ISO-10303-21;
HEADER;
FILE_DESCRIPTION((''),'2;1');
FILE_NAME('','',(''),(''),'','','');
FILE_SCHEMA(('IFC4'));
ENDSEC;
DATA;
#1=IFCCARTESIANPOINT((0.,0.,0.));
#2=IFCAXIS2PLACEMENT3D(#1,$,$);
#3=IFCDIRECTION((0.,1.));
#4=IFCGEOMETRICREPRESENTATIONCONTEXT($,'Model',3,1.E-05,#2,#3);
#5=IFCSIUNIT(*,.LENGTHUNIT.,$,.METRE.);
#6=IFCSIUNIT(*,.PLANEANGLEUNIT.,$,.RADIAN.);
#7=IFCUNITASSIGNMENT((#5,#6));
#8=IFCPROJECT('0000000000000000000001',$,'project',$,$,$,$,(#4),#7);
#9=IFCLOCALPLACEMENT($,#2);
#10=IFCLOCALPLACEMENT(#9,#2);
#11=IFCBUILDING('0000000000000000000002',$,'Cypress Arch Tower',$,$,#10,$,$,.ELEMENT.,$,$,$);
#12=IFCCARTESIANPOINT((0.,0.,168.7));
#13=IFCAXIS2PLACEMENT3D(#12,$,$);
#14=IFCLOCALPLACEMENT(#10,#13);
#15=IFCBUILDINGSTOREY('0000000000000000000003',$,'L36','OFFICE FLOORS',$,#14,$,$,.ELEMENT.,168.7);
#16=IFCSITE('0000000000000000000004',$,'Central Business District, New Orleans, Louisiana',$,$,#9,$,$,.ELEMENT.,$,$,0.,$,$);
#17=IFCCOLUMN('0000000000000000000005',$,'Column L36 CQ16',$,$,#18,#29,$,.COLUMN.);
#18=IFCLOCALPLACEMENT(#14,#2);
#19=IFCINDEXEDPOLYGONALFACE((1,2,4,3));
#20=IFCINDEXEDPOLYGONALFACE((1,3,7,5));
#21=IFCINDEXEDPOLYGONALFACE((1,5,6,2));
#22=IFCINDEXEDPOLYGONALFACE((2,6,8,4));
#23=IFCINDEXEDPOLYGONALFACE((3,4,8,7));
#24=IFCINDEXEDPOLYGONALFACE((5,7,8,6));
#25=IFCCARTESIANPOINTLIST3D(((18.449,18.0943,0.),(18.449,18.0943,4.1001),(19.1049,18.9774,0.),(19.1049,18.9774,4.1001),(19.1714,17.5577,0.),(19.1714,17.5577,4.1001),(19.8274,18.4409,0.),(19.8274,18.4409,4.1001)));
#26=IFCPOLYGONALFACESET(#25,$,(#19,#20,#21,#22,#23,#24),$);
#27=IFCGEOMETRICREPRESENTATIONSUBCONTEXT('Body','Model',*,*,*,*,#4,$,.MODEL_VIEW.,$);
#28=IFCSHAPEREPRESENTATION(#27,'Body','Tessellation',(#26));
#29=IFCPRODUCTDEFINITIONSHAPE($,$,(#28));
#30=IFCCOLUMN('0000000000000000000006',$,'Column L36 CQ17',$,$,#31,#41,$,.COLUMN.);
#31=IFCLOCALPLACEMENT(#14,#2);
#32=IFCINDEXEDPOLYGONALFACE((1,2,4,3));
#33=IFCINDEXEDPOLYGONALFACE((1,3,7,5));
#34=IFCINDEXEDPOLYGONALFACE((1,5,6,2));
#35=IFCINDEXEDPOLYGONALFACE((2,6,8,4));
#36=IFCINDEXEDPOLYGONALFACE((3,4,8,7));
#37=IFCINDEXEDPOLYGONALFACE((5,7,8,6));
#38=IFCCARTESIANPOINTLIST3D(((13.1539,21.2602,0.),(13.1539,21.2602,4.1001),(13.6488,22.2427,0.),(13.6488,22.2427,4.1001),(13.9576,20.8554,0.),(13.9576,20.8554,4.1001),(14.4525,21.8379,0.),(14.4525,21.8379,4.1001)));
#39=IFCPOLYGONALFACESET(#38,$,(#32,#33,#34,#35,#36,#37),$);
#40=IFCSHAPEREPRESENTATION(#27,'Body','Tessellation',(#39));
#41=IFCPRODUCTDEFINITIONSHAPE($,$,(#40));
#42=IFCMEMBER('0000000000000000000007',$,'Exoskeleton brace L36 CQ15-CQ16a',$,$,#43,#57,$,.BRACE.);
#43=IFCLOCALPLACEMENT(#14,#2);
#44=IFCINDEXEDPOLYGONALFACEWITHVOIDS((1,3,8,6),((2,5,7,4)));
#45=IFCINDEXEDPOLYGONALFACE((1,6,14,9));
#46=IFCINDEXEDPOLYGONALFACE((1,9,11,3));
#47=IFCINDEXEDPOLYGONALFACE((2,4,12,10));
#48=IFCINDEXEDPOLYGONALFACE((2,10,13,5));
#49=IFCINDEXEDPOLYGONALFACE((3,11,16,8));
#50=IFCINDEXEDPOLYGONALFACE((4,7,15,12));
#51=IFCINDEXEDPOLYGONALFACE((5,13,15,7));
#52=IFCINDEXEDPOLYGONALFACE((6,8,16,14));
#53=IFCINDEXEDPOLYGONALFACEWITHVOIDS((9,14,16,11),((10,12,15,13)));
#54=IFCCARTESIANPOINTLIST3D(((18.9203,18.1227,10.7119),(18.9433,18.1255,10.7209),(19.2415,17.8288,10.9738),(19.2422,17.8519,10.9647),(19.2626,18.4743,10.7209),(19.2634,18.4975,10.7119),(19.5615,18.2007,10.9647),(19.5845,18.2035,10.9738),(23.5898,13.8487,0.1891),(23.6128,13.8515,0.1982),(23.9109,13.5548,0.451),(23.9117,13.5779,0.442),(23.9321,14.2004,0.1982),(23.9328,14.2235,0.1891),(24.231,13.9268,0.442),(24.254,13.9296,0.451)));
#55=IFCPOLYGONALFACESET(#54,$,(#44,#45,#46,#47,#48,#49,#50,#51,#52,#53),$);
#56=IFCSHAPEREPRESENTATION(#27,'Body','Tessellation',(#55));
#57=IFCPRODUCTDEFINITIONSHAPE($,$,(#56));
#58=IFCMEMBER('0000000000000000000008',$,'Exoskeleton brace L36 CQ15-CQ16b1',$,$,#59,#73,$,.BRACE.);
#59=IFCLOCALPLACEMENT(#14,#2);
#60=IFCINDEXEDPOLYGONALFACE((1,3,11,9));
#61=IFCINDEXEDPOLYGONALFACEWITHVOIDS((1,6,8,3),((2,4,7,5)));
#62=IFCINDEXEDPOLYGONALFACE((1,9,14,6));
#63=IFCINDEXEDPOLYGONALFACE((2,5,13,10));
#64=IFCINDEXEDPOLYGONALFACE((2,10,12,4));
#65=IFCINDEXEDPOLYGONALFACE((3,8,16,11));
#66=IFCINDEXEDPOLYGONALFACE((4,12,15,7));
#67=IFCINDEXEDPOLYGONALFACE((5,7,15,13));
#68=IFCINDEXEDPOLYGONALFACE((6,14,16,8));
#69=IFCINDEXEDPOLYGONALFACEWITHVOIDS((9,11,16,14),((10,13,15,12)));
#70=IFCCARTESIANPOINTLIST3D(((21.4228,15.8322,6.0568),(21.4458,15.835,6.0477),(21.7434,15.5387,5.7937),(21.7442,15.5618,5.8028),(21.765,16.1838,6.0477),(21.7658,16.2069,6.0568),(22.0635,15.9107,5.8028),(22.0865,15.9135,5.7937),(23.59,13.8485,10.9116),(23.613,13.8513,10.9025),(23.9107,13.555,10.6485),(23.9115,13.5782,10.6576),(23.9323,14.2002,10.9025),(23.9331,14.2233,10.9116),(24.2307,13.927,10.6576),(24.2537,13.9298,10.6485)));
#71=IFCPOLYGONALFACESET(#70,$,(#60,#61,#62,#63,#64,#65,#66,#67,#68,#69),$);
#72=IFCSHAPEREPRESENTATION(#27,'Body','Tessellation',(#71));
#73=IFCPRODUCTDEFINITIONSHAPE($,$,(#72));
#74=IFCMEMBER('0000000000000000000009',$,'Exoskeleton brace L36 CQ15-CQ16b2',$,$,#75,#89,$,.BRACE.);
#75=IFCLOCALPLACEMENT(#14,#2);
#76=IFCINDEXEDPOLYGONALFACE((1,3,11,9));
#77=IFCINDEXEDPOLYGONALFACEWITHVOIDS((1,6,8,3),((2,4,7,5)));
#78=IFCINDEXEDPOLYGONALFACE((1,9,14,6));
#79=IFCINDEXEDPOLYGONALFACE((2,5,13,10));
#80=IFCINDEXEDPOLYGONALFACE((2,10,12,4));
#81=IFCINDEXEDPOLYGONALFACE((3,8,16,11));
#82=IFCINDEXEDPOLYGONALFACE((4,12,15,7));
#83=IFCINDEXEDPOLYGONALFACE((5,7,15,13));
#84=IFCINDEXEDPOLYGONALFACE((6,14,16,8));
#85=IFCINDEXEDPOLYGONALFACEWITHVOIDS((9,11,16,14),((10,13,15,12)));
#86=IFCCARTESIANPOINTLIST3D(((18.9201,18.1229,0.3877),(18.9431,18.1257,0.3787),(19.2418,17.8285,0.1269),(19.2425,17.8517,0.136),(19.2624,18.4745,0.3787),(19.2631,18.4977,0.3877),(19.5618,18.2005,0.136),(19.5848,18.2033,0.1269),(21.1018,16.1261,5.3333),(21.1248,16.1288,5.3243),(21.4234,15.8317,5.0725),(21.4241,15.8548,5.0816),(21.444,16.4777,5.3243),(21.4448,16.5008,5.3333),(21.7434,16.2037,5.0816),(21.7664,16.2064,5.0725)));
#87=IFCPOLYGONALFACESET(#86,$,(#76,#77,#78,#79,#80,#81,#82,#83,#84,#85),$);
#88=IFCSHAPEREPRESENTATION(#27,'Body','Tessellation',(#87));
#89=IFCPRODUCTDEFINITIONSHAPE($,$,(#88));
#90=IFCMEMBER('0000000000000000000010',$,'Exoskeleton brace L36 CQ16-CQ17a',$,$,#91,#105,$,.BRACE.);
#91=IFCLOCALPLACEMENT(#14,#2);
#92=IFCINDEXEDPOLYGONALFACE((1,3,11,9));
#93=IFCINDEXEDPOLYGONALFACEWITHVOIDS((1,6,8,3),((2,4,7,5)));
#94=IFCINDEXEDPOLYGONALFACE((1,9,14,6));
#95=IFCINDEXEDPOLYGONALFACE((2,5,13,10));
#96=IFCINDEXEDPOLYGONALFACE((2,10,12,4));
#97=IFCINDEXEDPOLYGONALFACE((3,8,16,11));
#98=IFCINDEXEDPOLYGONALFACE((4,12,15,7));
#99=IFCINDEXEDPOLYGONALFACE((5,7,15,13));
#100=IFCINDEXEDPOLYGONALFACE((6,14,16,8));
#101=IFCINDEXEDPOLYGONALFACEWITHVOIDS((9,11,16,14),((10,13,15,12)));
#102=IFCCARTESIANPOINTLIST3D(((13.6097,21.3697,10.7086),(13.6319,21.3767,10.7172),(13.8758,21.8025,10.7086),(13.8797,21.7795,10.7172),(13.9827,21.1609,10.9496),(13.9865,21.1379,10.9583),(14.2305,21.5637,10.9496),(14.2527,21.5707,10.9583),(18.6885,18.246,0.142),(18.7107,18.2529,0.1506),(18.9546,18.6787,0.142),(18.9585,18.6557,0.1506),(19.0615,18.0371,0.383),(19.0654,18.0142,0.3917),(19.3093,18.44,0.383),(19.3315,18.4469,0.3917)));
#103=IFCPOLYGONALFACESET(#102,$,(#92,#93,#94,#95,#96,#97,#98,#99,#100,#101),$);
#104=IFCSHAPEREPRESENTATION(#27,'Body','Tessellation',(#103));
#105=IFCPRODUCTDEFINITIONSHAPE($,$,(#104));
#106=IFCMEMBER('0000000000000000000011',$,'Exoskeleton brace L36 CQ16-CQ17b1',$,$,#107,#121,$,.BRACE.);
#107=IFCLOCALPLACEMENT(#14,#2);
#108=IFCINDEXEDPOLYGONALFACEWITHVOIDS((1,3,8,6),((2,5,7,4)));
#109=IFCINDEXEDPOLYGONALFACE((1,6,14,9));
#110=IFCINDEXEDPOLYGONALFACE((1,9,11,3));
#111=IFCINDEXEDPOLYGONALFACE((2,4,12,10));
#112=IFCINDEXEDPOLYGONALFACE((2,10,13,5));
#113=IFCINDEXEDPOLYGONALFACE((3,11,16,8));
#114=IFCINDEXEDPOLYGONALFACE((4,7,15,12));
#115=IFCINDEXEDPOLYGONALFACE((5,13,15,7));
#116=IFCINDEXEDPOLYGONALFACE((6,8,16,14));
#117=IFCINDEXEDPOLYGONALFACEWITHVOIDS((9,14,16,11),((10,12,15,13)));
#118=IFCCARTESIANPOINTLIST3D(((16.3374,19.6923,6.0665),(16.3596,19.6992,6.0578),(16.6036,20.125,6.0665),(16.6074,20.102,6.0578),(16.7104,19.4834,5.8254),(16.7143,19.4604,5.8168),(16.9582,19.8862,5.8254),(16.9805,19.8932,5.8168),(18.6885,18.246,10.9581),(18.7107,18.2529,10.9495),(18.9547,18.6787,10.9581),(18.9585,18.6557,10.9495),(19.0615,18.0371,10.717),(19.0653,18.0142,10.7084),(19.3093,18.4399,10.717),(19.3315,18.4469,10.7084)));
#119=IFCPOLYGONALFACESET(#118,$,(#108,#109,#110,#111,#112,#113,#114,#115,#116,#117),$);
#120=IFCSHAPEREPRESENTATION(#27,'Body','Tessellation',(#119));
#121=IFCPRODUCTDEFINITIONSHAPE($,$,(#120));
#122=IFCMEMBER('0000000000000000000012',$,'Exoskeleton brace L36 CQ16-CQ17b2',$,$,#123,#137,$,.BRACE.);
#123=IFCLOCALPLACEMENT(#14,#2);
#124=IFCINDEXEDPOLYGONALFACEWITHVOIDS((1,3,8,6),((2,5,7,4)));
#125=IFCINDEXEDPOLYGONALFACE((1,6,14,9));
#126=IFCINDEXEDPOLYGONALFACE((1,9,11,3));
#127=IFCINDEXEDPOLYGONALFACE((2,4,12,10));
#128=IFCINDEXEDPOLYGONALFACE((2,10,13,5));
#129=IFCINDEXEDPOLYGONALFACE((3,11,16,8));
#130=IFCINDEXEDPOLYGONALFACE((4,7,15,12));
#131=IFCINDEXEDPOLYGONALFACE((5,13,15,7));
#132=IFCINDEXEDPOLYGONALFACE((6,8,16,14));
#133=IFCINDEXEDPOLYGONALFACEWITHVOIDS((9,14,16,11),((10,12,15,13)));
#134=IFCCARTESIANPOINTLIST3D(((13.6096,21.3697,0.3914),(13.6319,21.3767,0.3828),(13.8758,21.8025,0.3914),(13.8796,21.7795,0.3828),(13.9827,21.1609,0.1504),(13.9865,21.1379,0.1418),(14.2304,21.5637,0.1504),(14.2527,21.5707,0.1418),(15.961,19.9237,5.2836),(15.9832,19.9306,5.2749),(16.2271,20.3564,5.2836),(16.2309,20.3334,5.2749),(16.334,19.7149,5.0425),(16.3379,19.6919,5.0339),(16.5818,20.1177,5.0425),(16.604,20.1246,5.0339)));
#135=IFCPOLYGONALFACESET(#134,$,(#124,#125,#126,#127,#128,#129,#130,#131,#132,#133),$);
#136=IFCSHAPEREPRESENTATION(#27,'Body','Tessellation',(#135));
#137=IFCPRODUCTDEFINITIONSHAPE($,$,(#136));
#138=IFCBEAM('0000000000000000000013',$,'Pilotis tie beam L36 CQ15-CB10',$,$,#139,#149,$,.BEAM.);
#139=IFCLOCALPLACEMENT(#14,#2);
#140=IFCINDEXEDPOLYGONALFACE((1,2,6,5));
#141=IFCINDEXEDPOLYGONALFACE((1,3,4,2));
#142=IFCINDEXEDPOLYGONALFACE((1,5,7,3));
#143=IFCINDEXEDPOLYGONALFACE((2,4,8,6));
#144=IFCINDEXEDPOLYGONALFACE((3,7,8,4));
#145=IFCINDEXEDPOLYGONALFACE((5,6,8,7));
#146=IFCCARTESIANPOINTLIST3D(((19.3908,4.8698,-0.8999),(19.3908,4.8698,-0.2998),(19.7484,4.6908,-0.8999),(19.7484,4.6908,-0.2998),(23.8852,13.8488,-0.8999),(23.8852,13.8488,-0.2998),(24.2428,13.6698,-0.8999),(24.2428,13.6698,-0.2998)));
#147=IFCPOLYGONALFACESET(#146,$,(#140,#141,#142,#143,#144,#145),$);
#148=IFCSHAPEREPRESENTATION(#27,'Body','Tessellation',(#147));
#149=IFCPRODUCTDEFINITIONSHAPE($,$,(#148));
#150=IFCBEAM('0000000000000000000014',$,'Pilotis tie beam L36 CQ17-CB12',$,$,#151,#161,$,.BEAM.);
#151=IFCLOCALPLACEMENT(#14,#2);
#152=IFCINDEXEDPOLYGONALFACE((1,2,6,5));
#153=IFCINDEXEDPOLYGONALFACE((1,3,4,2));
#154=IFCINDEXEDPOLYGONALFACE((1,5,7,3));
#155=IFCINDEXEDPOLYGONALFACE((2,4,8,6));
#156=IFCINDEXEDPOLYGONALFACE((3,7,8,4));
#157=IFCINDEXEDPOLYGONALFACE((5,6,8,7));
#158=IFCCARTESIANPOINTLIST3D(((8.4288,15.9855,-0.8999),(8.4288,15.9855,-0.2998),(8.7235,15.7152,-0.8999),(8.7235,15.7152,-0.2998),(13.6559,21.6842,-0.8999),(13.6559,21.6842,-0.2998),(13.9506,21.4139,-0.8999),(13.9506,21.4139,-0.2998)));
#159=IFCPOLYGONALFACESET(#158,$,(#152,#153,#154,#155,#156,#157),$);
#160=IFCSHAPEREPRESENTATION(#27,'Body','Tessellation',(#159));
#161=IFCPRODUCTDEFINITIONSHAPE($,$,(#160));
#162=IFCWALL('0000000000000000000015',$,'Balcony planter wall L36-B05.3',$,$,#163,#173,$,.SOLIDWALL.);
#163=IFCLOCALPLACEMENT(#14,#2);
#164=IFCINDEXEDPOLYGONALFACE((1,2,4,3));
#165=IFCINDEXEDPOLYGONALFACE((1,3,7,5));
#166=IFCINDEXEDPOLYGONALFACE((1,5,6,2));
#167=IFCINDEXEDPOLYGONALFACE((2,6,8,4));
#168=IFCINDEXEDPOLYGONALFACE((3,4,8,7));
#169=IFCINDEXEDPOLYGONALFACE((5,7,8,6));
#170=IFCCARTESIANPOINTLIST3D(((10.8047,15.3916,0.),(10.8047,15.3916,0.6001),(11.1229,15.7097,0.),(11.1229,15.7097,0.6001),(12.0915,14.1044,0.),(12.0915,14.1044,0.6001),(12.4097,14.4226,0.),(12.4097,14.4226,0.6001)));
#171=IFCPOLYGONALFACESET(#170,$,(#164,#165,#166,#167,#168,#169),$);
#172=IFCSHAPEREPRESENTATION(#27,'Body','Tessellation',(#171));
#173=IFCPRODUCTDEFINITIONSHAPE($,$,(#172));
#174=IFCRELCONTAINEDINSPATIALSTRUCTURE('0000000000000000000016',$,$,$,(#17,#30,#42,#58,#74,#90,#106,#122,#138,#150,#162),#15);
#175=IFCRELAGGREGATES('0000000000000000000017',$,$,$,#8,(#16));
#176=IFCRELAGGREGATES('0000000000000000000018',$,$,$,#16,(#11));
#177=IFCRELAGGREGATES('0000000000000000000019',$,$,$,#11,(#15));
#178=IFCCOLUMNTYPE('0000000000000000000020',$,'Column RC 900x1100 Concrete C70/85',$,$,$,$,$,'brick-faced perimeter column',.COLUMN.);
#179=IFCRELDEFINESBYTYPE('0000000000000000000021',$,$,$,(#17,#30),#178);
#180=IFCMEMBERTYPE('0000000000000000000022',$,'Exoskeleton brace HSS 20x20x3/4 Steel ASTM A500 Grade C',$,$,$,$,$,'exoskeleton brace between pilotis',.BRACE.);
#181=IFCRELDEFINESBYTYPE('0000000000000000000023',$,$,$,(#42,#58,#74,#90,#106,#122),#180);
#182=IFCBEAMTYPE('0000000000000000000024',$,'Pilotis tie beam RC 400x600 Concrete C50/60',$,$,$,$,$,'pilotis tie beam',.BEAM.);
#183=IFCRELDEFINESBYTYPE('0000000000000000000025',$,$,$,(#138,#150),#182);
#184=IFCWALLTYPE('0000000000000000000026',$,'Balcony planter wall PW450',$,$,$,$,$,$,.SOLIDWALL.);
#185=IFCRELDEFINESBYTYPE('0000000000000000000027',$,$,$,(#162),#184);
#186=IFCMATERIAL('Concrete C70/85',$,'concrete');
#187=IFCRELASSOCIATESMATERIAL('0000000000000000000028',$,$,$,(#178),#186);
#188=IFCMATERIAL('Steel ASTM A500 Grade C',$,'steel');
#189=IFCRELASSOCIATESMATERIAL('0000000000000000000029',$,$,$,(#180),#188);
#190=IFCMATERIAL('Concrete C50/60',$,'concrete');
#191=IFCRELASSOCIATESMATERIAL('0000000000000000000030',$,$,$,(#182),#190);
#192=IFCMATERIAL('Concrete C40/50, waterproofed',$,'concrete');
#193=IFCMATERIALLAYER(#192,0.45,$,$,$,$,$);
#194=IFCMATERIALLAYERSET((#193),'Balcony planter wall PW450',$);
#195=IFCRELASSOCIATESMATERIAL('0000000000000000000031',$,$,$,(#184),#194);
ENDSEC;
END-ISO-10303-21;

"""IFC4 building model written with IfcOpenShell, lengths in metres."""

from ifc_helpers import new_model, si_unit, direction, frame, frame_2d, origin, origin_2d, place, context, subcontext, project, spatial, rectangle, hollow_rectangle, extrude, material, layer, layer_set, material_profile, profile_set, type_object, element, save


model = new_model("IFC4")

# Units and contexts
model_context = context("Model", 3, precision=1e-05, world=origin(), true_north=direction((0.0, 1.0)))
body_context = subcontext(model_context, "Body", "Model", "MODEL_VIEW")
ifc_project = project(units=[si_unit("LENGTHUNIT", "METRE"), si_unit("PLANEANGLEUNIT", "RADIAN")], contexts=[model_context])

# Site, building, storey
site_placement = place(None, origin())
site = spatial("IfcSite", under=ifc_project, at=site_placement, Name="Central Business District, New Orleans, Louisiana", CompositionType="ELEMENT", RefElevation=0.0)
building_placement = place(site_placement, origin())
building = spatial("IfcBuilding", under=site, at=building_placement, Name="Cypress Arch Tower", CompositionType="ELEMENT")
storey_placement = place(building_placement, frame((0.0, 0.0, 168.7)))
storey = spatial("IfcBuildingStorey", under=building, at=storey_placement, Name="L36", Description="OFFICE FLOORS", CompositionType="ELEMENT", Elevation=168.7)

# Columns
ifc_material_1 = material(Name="Concrete C70/85", Category="concrete")
ifc_material_profile_1 = material_profile(ifc_material_1, rectangle(XDim=0.8999, YDim=1.1001, at=origin_2d()), Name="RC 900x1100")
ifc_profile_set_1 = profile_set([ifc_material_profile_1], Name="Concrete C70/85")
column_type = type_object("IfcColumnType", Name="Column RC 900x1100 Concrete C70/85", ElementType="brick-faced perimeter column", PredefinedType="COLUMN", material=ifc_profile_set_1)
for number, where, z_axis, x_axis, name in (
    (1, (19.1382, 18.2676, 0.0), (0.0, 0.0, 1.0), (-0.802799, 0.59625, 0.0), "Column L36 CQ16"),
    (2, (13.8032, 21.5491, 0.0), (0.0, 0.0, 1.0), (-0.893106, 0.449845, 0.0), "Column L36 CQ17"),
):
    element("IfcColumn", number, at=place(storey_placement, frame(where, z_axis=z_axis, x_axis=x_axis)), inside=storey, type_object=column_type, Name=name, PredefinedType="COLUMN", context=body_context, shape_type="SweptSolid", body=[
        extrude(rectangle(XDim=0.8999, YDim=1.1001, at=origin_2d()), origin(), (0.0, 0.0, 1.0), 4.1001),
    ])

# Members
ifc_material_2 = material(Name="Steel ASTM A500 Grade C", Category="steel")
ifc_material_profile_2 = material_profile(ifc_material_2, hollow_rectangle(XDim=0.5081, YDim=0.5081, WallThickness=0.0176, at=origin_2d()), Name="HSS 20x20x3/4")
ifc_profile_set_2 = profile_set([ifc_material_profile_2], Name="Steel ASTM A500 Grade C")
member_type = type_object("IfcMemberType", Name="Exoskeleton brace HSS 20x20x3/4 Steel ASTM A500 Grade C", ElementType="exoskeleton brace between pilotis", PredefinedType="BRACE", material=ifc_profile_set_2)
member_1_placement = place(storey_placement, frame((23.9219, 13.8892, 0.3201), z_axis=(-0.380248, 0.348041, 0.856901), x_axis=(-0.675176, -0.737657, 0.0)))
element("IfcMember", 3, at=member_1_placement, inside=storey, type_object=member_type, Name="Exoskeleton brace L36 CQ15-CQ16a", PredefinedType="BRACE", context=body_context, shape_type="SweptSolid", body=[
    extrude(hollow_rectangle(XDim=0.5081, YDim=0.5081, WallThickness=0.0176, at=origin_2d()), origin(), (0.0, 0.0, 1.0), 12.28),
])
member_2_placement = place(storey_placement, frame((23.9219, 13.8892, 10.78), z_axis=(-0.381924, 0.34957, -0.855532), x_axis=(-0.675171, -0.737661, 0.0)))
element("IfcMember", 4, at=member_2_placement, inside=storey, type_object=member_type, Name="Exoskeleton brace L36 CQ15-CQ16b1", PredefinedType="BRACE", context=body_context, shape_type="SweptSolid", body=[
    extrude(hollow_rectangle(XDim=0.5081, YDim=0.5081, WallThickness=0.0176, at=origin_2d()), origin(), (0.0, 0.0, 1.0), 5.6746),
])
member_3_placement = place(storey_placement, frame((19.2524, 18.1631, 0.2573), z_axis=(0.378598, -0.346526, 0.858244), x_axis=(0.675171, 0.737661, 0.0)))
element("IfcMember", 5, at=member_3_placement, inside=storey, type_object=member_type, Name="Exoskeleton brace L36 CQ15-CQ16b2", PredefinedType="BRACE", context=body_context, shape_type="SweptSolid", body=[
    extrude(hollow_rectangle(XDim=0.5081, YDim=0.5081, WallThickness=0.0176, at=origin_2d()), origin(), (0.0, 0.0, 1.0), 5.7625),
])
member_4_placement = place(storey_placement, frame((19.01, 18.3464, 0.2668), z_axis=(-0.418603, 0.257464, 0.87091), x_axis=(-0.523894, -0.851783, 0.0)))
element("IfcMember", 6, at=member_4_placement, inside=storey, type_object=member_type, Name="Exoskeleton brace L36 CQ16-CQ17a", PredefinedType="BRACE", context=body_context, shape_type="SweptSolid", body=[
    extrude(hollow_rectangle(XDim=0.5081, YDim=0.5081, WallThickness=0.0176, at=origin_2d()), origin(), (0.0, 0.0, 1.0), 12.1328),
])
member_5_placement = place(storey_placement, frame((19.01, 18.3464, 10.8333), z_axis=(-0.418588, 0.257499, -0.870907), x_axis=(-0.523959, -0.851743, 0.0)))
element("IfcMember", 7, at=member_5_placement, inside=storey, type_object=member_type, Name="Exoskeleton brace L36 CQ16-CQ17b1", PredefinedType="BRACE", context=body_context, shape_type="SweptSolid", body=[
    extrude(hollow_rectangle(XDim=0.5081, YDim=0.5081, WallThickness=0.0176, at=origin_2d()), origin(), (0.0, 0.0, 1.0), 5.6167),
])
member_6_placement = place(storey_placement, frame((13.9312, 21.4702, 0.2666), z_axis=(0.418597, -0.257434, 0.870921), x_axis=(0.523856, 0.851807, 0.0)))
element("IfcMember", 8, at=member_6_placement, inside=storey, type_object=member_type, Name="Exoskeleton brace L36 CQ16-CQ17b2", PredefinedType="BRACE", context=body_context, shape_type="SweptSolid", body=[
    extrude(hollow_rectangle(XDim=0.5081, YDim=0.5081, WallThickness=0.0176, at=origin_2d()), origin(), (0.0, 0.0, 1.0), 5.6172),
])

# Beams
ifc_material_3 = material(Name="Concrete C50/60", Category="concrete")
ifc_material_profile_3 = material_profile(ifc_material_3, rectangle(XDim=0.3999, YDim=0.6001, at=origin_2d()), Name="RC 400x600")
ifc_profile_set_3 = profile_set([ifc_material_profile_3], Name="Concrete C50/60")
beam_type = type_object("IfcBeamType", Name="Pilotis tie beam RC 400x600 Concrete C50/60", ElementType="pilotis tie beam", PredefinedType="BEAM", material=ifc_profile_set_3)
beam_1_placement = place(storey_placement, frame((24.064, 13.7593, -0.5999), z_axis=(-0.447603, -0.894233, 0.0), x_axis=(0.894233, -0.447603, 0.0)))
element("IfcBeam", 9, at=beam_1_placement, inside=storey, type_object=beam_type, Name="Pilotis tie beam L36 CQ15-CB10", PredefinedType="BEAM", context=body_context, shape_type="SweptSolid", body=[
    extrude(rectangle(XDim=0.3999, YDim=0.6001, at=origin_2d()), origin(), (0.0, 0.0, 1.0), 10.041),
])
beam_2_placement = place(storey_placement, frame((13.8032, 21.5491, -0.5999), z_axis=(-0.67595, -0.736947, 0.0), x_axis=(0.736947, -0.67595, 0.0)))
element("IfcBeam", 10, at=beam_2_placement, inside=storey, type_object=beam_type, Name="Pilotis tie beam L36 CQ17-CB12", PredefinedType="BEAM", context=body_context, shape_type="SweptSolid", body=[
    extrude(rectangle(XDim=0.3999, YDim=0.6001, at=origin_2d()), origin(), (0.0, 0.0, 1.0), 7.7329),
])

# Wall
ifc_material_4 = material(Name="Concrete C40/50, waterproofed", Category="concrete")
ifc_layer = layer(ifc_material_4, 0.45)
ifc_layer_set = layer_set([ifc_layer], Name="Balcony planter wall PW450")
wall_type = type_object("IfcWallType", Name="Balcony planter wall PW450", PredefinedType="SOLIDWALL", material=ifc_layer_set)
wall_placement = place(storey_placement, frame((12.2507, 14.2634, 0.0), z_axis=(0.0, 0.0, 1.0), x_axis=(-0.70704, 0.707174, 0.0)))
element("IfcWall", 11, at=wall_placement, inside=storey, type_object=wall_type, Name="Balcony planter wall L36-B05.3", PredefinedType="SOLIDWALL", context=body_context, shape_type="SweptSolid", body=[
    extrude(rectangle(XDim=1.8201, YDim=0.45, at=frame_2d((0.9102, 0.0))), origin(), (0.0, 0.0, 1.0), 0.6001),
])

save(model, "model.ifc")
